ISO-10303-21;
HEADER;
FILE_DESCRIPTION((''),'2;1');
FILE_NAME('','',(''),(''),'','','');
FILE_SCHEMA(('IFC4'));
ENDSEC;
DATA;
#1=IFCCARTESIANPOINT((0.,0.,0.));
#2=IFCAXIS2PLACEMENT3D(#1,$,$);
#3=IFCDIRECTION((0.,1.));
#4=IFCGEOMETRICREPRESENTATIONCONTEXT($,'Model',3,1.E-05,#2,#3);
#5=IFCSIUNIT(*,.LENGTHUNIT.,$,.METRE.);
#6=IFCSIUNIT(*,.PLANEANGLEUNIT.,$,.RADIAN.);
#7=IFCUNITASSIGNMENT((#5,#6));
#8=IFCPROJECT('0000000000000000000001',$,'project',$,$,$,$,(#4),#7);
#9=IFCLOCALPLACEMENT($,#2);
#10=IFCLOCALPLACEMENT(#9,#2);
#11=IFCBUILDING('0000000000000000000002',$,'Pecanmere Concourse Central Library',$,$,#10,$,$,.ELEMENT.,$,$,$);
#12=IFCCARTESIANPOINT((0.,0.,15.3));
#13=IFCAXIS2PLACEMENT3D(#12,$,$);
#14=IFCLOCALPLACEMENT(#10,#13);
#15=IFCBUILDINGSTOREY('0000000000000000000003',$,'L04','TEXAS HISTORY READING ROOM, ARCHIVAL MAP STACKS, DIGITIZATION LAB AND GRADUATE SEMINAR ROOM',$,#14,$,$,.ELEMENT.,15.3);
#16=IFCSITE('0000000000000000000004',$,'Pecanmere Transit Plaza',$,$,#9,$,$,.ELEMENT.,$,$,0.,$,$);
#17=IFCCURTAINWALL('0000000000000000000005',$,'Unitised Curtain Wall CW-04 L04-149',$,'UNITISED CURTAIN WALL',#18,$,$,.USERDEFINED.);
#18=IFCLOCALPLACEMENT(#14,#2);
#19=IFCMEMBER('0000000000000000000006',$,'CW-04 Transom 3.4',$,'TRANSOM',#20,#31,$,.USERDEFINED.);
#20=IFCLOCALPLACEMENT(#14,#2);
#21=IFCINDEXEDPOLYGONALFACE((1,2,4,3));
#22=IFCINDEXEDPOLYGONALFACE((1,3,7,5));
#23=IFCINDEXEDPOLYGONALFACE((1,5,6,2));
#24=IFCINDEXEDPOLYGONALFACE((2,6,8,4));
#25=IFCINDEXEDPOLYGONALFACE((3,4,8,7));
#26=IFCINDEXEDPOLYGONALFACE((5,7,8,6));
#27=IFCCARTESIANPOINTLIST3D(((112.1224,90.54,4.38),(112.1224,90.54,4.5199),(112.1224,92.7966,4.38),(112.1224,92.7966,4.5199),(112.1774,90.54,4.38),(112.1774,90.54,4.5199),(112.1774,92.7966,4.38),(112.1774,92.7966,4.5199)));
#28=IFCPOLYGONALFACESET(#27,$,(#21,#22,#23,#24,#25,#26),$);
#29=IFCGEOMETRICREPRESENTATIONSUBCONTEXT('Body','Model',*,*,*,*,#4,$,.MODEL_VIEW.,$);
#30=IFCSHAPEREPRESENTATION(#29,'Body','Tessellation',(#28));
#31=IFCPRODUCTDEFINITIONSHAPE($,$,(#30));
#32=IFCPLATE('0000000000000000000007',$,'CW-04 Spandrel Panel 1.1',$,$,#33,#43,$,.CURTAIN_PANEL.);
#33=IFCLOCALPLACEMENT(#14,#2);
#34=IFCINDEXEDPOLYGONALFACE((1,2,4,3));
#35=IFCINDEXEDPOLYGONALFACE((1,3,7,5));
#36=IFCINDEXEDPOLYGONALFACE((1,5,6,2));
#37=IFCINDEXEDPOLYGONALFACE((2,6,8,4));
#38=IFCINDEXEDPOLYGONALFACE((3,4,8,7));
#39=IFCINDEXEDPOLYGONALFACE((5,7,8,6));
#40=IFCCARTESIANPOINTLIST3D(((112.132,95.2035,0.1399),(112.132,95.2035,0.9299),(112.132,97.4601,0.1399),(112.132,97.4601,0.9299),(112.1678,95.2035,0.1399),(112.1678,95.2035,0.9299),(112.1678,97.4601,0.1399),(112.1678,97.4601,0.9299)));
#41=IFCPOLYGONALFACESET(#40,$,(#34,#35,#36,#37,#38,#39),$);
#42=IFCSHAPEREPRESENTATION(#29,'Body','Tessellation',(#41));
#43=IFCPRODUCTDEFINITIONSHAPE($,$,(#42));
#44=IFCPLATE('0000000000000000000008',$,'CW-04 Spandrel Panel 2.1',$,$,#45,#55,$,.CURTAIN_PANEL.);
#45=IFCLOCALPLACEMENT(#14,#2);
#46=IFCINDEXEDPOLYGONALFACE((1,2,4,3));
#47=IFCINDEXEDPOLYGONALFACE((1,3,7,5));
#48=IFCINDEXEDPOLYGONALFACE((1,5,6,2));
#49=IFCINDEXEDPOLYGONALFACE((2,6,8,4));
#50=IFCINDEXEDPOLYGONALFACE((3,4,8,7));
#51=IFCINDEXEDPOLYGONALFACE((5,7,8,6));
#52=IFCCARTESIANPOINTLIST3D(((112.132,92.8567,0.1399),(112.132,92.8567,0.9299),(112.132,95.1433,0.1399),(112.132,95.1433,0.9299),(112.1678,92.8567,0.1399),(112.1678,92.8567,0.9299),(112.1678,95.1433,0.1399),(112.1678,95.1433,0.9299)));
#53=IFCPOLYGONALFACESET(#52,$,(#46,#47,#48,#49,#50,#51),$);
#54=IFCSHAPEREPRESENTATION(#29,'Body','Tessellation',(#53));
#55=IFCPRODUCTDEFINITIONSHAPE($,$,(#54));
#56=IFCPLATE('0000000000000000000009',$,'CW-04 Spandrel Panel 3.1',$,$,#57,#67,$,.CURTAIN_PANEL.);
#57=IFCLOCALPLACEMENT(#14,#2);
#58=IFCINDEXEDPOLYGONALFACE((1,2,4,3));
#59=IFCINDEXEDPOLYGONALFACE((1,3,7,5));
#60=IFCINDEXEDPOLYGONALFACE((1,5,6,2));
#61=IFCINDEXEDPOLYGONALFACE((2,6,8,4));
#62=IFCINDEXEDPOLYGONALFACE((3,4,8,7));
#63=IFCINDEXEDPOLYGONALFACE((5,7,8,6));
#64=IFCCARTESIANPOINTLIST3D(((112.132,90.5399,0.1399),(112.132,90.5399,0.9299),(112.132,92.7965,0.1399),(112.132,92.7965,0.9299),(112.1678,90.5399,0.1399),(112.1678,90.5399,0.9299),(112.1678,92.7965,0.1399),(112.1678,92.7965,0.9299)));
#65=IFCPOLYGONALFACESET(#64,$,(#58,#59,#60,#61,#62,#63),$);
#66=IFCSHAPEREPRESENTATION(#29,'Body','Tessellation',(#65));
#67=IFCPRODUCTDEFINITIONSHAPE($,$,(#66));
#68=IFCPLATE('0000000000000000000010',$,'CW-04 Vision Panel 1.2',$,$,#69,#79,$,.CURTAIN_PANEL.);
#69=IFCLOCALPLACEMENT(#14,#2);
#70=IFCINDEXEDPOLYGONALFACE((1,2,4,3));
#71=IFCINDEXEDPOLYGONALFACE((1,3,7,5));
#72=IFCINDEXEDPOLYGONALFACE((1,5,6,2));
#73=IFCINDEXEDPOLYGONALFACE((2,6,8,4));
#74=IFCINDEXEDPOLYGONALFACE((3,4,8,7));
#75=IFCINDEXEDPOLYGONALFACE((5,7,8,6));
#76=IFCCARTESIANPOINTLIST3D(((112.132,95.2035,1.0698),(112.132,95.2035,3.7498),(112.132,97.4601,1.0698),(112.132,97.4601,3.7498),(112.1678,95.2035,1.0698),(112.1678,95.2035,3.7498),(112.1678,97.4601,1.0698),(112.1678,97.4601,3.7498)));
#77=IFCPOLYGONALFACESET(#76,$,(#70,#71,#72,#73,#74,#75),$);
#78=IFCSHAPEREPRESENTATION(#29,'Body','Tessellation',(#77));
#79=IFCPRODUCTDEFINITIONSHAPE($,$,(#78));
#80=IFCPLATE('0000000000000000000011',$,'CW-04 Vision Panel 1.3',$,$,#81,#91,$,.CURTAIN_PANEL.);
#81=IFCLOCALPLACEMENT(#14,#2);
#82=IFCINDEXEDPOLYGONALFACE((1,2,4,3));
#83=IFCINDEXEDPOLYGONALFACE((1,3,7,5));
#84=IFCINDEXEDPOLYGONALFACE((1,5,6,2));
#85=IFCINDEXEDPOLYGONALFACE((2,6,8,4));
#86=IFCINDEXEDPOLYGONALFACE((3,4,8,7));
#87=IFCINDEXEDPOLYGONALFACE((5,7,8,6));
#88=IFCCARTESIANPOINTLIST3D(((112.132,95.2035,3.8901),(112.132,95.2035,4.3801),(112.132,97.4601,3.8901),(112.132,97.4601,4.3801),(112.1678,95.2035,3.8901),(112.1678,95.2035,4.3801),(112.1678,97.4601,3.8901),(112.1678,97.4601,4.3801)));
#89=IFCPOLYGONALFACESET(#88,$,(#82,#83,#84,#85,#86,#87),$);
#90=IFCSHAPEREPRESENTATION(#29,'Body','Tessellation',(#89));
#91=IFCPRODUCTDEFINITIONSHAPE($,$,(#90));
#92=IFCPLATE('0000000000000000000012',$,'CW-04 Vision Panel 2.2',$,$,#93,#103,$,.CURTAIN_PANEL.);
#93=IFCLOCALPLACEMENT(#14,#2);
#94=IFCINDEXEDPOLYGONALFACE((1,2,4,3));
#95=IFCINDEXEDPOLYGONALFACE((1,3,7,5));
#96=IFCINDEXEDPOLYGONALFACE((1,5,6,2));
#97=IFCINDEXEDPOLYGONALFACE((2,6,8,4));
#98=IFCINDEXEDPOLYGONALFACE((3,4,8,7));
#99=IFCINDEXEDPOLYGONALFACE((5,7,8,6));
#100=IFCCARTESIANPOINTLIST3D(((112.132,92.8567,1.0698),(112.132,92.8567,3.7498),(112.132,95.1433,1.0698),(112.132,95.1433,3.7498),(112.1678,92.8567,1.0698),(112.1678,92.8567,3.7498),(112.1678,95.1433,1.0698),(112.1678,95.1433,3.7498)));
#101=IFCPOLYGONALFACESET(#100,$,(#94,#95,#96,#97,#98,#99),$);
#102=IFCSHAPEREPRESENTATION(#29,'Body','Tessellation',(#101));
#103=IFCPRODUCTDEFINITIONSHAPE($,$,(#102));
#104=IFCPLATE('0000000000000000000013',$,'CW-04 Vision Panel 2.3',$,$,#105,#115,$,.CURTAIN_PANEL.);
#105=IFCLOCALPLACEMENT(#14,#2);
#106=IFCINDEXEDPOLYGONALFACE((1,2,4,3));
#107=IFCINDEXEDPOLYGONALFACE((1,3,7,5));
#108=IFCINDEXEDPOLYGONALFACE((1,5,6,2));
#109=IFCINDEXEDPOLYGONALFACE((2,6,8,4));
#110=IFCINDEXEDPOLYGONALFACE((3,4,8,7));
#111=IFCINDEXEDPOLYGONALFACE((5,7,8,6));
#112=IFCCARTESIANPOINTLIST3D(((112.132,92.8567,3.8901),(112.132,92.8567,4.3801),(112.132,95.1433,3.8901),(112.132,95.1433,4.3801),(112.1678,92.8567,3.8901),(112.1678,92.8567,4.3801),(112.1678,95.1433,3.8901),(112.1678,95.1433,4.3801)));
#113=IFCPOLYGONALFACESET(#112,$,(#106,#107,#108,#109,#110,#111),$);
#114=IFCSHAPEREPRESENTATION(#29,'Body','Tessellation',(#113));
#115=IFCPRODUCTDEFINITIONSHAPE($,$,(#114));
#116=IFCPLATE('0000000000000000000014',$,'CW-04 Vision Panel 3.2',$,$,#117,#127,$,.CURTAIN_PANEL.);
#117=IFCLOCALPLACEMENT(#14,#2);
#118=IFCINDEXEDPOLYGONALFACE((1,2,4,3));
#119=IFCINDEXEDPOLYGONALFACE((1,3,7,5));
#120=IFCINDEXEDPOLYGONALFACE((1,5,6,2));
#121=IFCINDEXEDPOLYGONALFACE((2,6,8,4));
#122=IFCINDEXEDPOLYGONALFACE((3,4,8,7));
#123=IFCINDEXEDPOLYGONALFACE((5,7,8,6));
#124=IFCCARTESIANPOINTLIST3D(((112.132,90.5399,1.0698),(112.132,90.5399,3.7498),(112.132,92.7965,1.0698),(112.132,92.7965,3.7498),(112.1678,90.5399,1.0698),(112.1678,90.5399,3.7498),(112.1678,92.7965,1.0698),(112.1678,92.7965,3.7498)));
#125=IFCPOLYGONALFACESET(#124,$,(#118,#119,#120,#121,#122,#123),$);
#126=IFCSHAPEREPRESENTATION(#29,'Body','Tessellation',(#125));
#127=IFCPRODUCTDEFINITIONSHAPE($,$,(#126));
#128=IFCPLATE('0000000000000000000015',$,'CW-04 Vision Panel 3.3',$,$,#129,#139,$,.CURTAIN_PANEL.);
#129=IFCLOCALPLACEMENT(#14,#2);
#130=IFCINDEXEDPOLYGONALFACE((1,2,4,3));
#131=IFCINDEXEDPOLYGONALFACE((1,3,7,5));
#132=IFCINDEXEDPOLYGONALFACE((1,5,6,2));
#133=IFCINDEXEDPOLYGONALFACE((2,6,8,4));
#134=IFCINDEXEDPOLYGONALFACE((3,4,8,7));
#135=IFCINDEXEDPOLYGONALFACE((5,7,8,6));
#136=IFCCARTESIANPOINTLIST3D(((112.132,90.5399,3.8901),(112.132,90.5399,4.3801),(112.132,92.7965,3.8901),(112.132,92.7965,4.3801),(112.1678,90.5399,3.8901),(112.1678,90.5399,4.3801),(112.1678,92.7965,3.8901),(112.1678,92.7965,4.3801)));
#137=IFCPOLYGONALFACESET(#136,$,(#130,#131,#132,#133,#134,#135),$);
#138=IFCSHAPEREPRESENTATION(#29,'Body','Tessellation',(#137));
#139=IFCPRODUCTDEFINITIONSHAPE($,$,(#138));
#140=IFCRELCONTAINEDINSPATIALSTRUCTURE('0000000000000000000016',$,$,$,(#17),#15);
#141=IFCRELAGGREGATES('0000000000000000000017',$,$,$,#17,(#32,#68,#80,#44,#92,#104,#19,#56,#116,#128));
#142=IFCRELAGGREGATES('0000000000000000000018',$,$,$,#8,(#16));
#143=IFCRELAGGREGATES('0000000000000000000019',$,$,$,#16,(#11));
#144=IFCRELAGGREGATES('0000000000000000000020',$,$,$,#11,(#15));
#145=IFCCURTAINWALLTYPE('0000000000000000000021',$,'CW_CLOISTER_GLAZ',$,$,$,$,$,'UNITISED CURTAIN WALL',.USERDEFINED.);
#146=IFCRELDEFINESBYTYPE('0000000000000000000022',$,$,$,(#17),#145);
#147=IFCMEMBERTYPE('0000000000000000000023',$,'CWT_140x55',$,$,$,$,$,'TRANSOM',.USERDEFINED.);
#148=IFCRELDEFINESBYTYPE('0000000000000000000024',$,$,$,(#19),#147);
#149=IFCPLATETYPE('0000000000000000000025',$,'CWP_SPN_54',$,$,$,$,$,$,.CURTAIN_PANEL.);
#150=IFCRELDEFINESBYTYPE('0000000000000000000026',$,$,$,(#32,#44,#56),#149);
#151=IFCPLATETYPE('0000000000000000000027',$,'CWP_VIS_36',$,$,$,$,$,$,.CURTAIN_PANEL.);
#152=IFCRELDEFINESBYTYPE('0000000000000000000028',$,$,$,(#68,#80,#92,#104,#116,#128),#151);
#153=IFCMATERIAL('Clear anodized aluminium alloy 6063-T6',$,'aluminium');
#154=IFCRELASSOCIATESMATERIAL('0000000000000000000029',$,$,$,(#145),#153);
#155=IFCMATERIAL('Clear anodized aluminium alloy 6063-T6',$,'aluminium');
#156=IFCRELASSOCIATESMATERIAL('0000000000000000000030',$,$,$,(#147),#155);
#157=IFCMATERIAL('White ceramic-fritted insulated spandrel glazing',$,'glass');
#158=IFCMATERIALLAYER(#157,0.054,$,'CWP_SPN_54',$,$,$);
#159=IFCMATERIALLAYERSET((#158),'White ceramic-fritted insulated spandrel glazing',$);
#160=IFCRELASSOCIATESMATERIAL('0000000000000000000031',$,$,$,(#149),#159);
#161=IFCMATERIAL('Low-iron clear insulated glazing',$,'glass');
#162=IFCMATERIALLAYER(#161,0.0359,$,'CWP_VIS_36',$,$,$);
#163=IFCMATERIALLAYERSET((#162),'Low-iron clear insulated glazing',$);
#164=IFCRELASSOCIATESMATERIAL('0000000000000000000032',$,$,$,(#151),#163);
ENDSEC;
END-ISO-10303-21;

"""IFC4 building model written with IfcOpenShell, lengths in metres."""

from ifc_helpers import new_model, si_unit, direction, frame, origin, origin_2d, place, context, subcontext, project, spatial, rectangle, extrude, material, layer, layer_set, material_profile, profile_set, type_object, element, aggregate, save


model = new_model("IFC4")

# Units and contexts
model_context = context("Model", 3, precision=1e-05, world=origin(), true_north=direction((0.0, 1.0)))
body_context = subcontext(model_context, "Body", "Model", "MODEL_VIEW")
ifc_project = project(units=[si_unit("LENGTHUNIT", "METRE"), si_unit("PLANEANGLEUNIT", "RADIAN")], contexts=[model_context])

# Site, building, storey
site_placement = place(None, origin())
site = spatial("IfcSite", under=ifc_project, at=site_placement, Name="Pecanmere Transit Plaza", CompositionType="ELEMENT", RefElevation=0.0)
building_placement = place(site_placement, origin())
building = spatial("IfcBuilding", under=site, at=building_placement, Name="Pecanmere Concourse Central Library", CompositionType="ELEMENT")
storey_placement = place(building_placement, frame((0.0, 0.0, 15.3)))
storey = spatial("IfcBuildingStorey", under=building, at=storey_placement, Name="L04", Description="TEXAS HISTORY READING ROOM, ARCHIVAL MAP STACKS, DIGITIZATION LAB AND GRADUATE SEMINAR ROOM", CompositionType="ELEMENT", Elevation=15.3)

# Shared definitions
ifc_material_1 = material(Name="Clear anodized aluminium alloy 6063-T6", Category="aluminium")
curtain_wall_type = type_object("IfcCurtainWallType", Name="CW_CLOISTER_GLAZ", ElementType="UNITISED CURTAIN WALL", PredefinedType="USERDEFINED", material=ifc_material_1)

# Curtain wall
curtain_wall_1_placement = place(storey_placement, origin())
curtain_wall_1 = element("IfcCurtainWall", 1, at=curtain_wall_1_placement, inside=storey, type_object=curtain_wall_type, Name="Unitised Curtain Wall CW-04 L04-149", ObjectType="UNITISED CURTAIN WALL", PredefinedType="USERDEFINED")

# Member
ifc_material_2 = material(Name="Clear anodized aluminium alloy 6063-T6", Category="aluminium")
ifc_material_profile_1 = material_profile(ifc_material_2, rectangle(XDim=0.0549, YDim=0.1399, at=origin_2d()), Name="AL 55x140")
ifc_profile_set_1 = profile_set([ifc_material_profile_1], Name="Clear anodized aluminium alloy 6063-T6")
member_type_1 = type_object("IfcMemberType", Name="CWT_140x55", ElementType="TRANSOM", PredefinedType="USERDEFINED", material=ifc_profile_set_1)
member_1_placement = place(storey_placement, frame((112.1499, 92.7966, 4.45), z_axis=(0.0, -1.0, 0.0), x_axis=(1.0, 0.0, 0.0)))
member_1 = element("IfcMember", 2, at=member_1_placement, type_object=member_type_1, Name="CW-04 Transom 3.4", ObjectType="TRANSOM", PredefinedType="USERDEFINED", context=body_context, shape_type="SweptSolid", body=[
    extrude(rectangle(XDim=0.0549, YDim=0.1399, at=origin_2d()), origin(), (0.0, 0.0, 1.0), 2.2566),
])

# Plates
ifc_material_3 = material(Name="White ceramic-fritted insulated spandrel glazing", Category="glass")
ifc_layer_1 = layer(ifc_material_3, 0.054, Name="CWP_SPN_54")
ifc_layer_set_1 = layer_set([ifc_layer_1], Name="White ceramic-fritted insulated spandrel glazing")
plate_type_1 = type_object("IfcPlateType", Name="CWP_SPN_54", PredefinedType="CURTAIN_PANEL", material=ifc_layer_set_1)
plate_1_placement = place(storey_placement, frame((112.1499, 96.3318, 0.1399), z_axis=(0.0, 0.0, 1.0), x_axis=(0.0, -1.0, 0.0)))
plate_1 = element("IfcPlate", 3, at=plate_1_placement, type_object=plate_type_1, Name="CW-04 Spandrel Panel 1.1", PredefinedType="CURTAIN_PANEL", context=body_context, shape_type="SweptSolid", body=[
    extrude(rectangle(XDim=2.2566, YDim=0.0359, at=origin_2d()), origin(), (0.0, 0.0, 1.0), 0.79),
])
plate_2_placement = place(storey_placement, frame((112.1499, 94.0, 0.1399), z_axis=(0.0, 0.0, 1.0), x_axis=(0.0, -1.0, 0.0)))
plate_2 = element("IfcPlate", 4, at=plate_2_placement, type_object=plate_type_1, Name="CW-04 Spandrel Panel 2.1", PredefinedType="CURTAIN_PANEL", context=body_context, shape_type="SweptSolid", body=[
    extrude(rectangle(XDim=2.2866, YDim=0.0359, at=origin_2d()), origin(), (0.0, 0.0, 1.0), 0.79),
])
plate_3_placement = place(storey_placement, frame((112.1499, 91.6682, 0.1399), z_axis=(0.0, 0.0, 1.0), x_axis=(0.0, -1.0, 0.0)))
plate_3 = element("IfcPlate", 5, at=plate_3_placement, type_object=plate_type_1, Name="CW-04 Spandrel Panel 3.1", PredefinedType="CURTAIN_PANEL", context=body_context, shape_type="SweptSolid", body=[
    extrude(rectangle(XDim=2.2566, YDim=0.0359, at=origin_2d()), origin(), (0.0, 0.0, 1.0), 0.79),
])
ifc_material_4 = material(Name="Low-iron clear insulated glazing", Category="glass")
ifc_layer_2 = layer(ifc_material_4, 0.0359, Name="CWP_VIS_36")
ifc_layer_set_2 = layer_set([ifc_layer_2], Name="Low-iron clear insulated glazing")
plate_type_2 = type_object("IfcPlateType", Name="CWP_VIS_36", PredefinedType="CURTAIN_PANEL", material=ifc_layer_set_2)
plate_4_placement = place(storey_placement, frame((112.1499, 96.3318, 1.0698), z_axis=(0.0, 0.0, 1.0), x_axis=(0.0, -1.0, 0.0)))
plate_4 = element("IfcPlate", 6, at=plate_4_placement, type_object=plate_type_2, Name="CW-04 Vision Panel 1.2", PredefinedType="CURTAIN_PANEL", context=body_context, shape_type="SweptSolid", body=[
    extrude(rectangle(XDim=2.2566, YDim=0.0359, at=origin_2d()), origin(), (0.0, 0.0, 1.0), 2.6799),
])
plate_5_placement = place(storey_placement, frame((112.1499, 96.3318, 3.8901), z_axis=(0.0, 0.0, 1.0), x_axis=(0.0, -1.0, 0.0)))
plate_5 = element("IfcPlate", 7, at=plate_5_placement, type_object=plate_type_2, Name="CW-04 Vision Panel 1.3", PredefinedType="CURTAIN_PANEL", context=body_context, shape_type="SweptSolid", body=[
    extrude(rectangle(XDim=2.2566, YDim=0.0359, at=origin_2d()), origin(), (0.0, 0.0, 1.0), 0.49),
])
plate_6_placement = place(storey_placement, frame((112.1499, 94.0, 1.0698), z_axis=(0.0, 0.0, 1.0), x_axis=(0.0, -1.0, 0.0)))
plate_6 = element("IfcPlate", 8, at=plate_6_placement, type_object=plate_type_2, Name="CW-04 Vision Panel 2.2", PredefinedType="CURTAIN_PANEL", context=body_context, shape_type="SweptSolid", body=[
    extrude(rectangle(XDim=2.2866, YDim=0.0359, at=origin_2d()), origin(), (0.0, 0.0, 1.0), 2.6799),
])
plate_7_placement = place(storey_placement, frame((112.1499, 94.0, 3.8901), z_axis=(0.0, 0.0, 1.0), x_axis=(0.0, -1.0, 0.0)))
plate_7 = element("IfcPlate", 9, at=plate_7_placement, type_object=plate_type_2, Name="CW-04 Vision Panel 2.3", PredefinedType="CURTAIN_PANEL", context=body_context, shape_type="SweptSolid", body=[
    extrude(rectangle(XDim=2.2866, YDim=0.0359, at=origin_2d()), origin(), (0.0, 0.0, 1.0), 0.49),
])
plate_8_placement = place(storey_placement, frame((112.1499, 91.6682, 1.0698), z_axis=(0.0, 0.0, 1.0), x_axis=(0.0, -1.0, 0.0)))
plate_8 = element("IfcPlate", 10, at=plate_8_placement, type_object=plate_type_2, Name="CW-04 Vision Panel 3.2", PredefinedType="CURTAIN_PANEL", context=body_context, shape_type="SweptSolid", body=[
    extrude(rectangle(XDim=2.2566, YDim=0.0359, at=origin_2d()), origin(), (0.0, 0.0, 1.0), 2.6799),
])
plate_9_placement = place(storey_placement, frame((112.1499, 91.6682, 3.8901), z_axis=(0.0, 0.0, 1.0), x_axis=(0.0, -1.0, 0.0)))
plate_9 = element("IfcPlate", 11, at=plate_9_placement, type_object=plate_type_2, Name="CW-04 Vision Panel 3.3", PredefinedType="CURTAIN_PANEL", context=body_context, shape_type="SweptSolid", body=[
    extrude(rectangle(XDim=2.2566, YDim=0.0359, at=origin_2d()), origin(), (0.0, 0.0, 1.0), 0.49),
])
aggregate(curtain_wall_1, [plate_1, plate_4, plate_5, plate_2, plate_6, plate_7, member_1, plate_3, plate_8, plate_9])

save(model, "model.ifc")
